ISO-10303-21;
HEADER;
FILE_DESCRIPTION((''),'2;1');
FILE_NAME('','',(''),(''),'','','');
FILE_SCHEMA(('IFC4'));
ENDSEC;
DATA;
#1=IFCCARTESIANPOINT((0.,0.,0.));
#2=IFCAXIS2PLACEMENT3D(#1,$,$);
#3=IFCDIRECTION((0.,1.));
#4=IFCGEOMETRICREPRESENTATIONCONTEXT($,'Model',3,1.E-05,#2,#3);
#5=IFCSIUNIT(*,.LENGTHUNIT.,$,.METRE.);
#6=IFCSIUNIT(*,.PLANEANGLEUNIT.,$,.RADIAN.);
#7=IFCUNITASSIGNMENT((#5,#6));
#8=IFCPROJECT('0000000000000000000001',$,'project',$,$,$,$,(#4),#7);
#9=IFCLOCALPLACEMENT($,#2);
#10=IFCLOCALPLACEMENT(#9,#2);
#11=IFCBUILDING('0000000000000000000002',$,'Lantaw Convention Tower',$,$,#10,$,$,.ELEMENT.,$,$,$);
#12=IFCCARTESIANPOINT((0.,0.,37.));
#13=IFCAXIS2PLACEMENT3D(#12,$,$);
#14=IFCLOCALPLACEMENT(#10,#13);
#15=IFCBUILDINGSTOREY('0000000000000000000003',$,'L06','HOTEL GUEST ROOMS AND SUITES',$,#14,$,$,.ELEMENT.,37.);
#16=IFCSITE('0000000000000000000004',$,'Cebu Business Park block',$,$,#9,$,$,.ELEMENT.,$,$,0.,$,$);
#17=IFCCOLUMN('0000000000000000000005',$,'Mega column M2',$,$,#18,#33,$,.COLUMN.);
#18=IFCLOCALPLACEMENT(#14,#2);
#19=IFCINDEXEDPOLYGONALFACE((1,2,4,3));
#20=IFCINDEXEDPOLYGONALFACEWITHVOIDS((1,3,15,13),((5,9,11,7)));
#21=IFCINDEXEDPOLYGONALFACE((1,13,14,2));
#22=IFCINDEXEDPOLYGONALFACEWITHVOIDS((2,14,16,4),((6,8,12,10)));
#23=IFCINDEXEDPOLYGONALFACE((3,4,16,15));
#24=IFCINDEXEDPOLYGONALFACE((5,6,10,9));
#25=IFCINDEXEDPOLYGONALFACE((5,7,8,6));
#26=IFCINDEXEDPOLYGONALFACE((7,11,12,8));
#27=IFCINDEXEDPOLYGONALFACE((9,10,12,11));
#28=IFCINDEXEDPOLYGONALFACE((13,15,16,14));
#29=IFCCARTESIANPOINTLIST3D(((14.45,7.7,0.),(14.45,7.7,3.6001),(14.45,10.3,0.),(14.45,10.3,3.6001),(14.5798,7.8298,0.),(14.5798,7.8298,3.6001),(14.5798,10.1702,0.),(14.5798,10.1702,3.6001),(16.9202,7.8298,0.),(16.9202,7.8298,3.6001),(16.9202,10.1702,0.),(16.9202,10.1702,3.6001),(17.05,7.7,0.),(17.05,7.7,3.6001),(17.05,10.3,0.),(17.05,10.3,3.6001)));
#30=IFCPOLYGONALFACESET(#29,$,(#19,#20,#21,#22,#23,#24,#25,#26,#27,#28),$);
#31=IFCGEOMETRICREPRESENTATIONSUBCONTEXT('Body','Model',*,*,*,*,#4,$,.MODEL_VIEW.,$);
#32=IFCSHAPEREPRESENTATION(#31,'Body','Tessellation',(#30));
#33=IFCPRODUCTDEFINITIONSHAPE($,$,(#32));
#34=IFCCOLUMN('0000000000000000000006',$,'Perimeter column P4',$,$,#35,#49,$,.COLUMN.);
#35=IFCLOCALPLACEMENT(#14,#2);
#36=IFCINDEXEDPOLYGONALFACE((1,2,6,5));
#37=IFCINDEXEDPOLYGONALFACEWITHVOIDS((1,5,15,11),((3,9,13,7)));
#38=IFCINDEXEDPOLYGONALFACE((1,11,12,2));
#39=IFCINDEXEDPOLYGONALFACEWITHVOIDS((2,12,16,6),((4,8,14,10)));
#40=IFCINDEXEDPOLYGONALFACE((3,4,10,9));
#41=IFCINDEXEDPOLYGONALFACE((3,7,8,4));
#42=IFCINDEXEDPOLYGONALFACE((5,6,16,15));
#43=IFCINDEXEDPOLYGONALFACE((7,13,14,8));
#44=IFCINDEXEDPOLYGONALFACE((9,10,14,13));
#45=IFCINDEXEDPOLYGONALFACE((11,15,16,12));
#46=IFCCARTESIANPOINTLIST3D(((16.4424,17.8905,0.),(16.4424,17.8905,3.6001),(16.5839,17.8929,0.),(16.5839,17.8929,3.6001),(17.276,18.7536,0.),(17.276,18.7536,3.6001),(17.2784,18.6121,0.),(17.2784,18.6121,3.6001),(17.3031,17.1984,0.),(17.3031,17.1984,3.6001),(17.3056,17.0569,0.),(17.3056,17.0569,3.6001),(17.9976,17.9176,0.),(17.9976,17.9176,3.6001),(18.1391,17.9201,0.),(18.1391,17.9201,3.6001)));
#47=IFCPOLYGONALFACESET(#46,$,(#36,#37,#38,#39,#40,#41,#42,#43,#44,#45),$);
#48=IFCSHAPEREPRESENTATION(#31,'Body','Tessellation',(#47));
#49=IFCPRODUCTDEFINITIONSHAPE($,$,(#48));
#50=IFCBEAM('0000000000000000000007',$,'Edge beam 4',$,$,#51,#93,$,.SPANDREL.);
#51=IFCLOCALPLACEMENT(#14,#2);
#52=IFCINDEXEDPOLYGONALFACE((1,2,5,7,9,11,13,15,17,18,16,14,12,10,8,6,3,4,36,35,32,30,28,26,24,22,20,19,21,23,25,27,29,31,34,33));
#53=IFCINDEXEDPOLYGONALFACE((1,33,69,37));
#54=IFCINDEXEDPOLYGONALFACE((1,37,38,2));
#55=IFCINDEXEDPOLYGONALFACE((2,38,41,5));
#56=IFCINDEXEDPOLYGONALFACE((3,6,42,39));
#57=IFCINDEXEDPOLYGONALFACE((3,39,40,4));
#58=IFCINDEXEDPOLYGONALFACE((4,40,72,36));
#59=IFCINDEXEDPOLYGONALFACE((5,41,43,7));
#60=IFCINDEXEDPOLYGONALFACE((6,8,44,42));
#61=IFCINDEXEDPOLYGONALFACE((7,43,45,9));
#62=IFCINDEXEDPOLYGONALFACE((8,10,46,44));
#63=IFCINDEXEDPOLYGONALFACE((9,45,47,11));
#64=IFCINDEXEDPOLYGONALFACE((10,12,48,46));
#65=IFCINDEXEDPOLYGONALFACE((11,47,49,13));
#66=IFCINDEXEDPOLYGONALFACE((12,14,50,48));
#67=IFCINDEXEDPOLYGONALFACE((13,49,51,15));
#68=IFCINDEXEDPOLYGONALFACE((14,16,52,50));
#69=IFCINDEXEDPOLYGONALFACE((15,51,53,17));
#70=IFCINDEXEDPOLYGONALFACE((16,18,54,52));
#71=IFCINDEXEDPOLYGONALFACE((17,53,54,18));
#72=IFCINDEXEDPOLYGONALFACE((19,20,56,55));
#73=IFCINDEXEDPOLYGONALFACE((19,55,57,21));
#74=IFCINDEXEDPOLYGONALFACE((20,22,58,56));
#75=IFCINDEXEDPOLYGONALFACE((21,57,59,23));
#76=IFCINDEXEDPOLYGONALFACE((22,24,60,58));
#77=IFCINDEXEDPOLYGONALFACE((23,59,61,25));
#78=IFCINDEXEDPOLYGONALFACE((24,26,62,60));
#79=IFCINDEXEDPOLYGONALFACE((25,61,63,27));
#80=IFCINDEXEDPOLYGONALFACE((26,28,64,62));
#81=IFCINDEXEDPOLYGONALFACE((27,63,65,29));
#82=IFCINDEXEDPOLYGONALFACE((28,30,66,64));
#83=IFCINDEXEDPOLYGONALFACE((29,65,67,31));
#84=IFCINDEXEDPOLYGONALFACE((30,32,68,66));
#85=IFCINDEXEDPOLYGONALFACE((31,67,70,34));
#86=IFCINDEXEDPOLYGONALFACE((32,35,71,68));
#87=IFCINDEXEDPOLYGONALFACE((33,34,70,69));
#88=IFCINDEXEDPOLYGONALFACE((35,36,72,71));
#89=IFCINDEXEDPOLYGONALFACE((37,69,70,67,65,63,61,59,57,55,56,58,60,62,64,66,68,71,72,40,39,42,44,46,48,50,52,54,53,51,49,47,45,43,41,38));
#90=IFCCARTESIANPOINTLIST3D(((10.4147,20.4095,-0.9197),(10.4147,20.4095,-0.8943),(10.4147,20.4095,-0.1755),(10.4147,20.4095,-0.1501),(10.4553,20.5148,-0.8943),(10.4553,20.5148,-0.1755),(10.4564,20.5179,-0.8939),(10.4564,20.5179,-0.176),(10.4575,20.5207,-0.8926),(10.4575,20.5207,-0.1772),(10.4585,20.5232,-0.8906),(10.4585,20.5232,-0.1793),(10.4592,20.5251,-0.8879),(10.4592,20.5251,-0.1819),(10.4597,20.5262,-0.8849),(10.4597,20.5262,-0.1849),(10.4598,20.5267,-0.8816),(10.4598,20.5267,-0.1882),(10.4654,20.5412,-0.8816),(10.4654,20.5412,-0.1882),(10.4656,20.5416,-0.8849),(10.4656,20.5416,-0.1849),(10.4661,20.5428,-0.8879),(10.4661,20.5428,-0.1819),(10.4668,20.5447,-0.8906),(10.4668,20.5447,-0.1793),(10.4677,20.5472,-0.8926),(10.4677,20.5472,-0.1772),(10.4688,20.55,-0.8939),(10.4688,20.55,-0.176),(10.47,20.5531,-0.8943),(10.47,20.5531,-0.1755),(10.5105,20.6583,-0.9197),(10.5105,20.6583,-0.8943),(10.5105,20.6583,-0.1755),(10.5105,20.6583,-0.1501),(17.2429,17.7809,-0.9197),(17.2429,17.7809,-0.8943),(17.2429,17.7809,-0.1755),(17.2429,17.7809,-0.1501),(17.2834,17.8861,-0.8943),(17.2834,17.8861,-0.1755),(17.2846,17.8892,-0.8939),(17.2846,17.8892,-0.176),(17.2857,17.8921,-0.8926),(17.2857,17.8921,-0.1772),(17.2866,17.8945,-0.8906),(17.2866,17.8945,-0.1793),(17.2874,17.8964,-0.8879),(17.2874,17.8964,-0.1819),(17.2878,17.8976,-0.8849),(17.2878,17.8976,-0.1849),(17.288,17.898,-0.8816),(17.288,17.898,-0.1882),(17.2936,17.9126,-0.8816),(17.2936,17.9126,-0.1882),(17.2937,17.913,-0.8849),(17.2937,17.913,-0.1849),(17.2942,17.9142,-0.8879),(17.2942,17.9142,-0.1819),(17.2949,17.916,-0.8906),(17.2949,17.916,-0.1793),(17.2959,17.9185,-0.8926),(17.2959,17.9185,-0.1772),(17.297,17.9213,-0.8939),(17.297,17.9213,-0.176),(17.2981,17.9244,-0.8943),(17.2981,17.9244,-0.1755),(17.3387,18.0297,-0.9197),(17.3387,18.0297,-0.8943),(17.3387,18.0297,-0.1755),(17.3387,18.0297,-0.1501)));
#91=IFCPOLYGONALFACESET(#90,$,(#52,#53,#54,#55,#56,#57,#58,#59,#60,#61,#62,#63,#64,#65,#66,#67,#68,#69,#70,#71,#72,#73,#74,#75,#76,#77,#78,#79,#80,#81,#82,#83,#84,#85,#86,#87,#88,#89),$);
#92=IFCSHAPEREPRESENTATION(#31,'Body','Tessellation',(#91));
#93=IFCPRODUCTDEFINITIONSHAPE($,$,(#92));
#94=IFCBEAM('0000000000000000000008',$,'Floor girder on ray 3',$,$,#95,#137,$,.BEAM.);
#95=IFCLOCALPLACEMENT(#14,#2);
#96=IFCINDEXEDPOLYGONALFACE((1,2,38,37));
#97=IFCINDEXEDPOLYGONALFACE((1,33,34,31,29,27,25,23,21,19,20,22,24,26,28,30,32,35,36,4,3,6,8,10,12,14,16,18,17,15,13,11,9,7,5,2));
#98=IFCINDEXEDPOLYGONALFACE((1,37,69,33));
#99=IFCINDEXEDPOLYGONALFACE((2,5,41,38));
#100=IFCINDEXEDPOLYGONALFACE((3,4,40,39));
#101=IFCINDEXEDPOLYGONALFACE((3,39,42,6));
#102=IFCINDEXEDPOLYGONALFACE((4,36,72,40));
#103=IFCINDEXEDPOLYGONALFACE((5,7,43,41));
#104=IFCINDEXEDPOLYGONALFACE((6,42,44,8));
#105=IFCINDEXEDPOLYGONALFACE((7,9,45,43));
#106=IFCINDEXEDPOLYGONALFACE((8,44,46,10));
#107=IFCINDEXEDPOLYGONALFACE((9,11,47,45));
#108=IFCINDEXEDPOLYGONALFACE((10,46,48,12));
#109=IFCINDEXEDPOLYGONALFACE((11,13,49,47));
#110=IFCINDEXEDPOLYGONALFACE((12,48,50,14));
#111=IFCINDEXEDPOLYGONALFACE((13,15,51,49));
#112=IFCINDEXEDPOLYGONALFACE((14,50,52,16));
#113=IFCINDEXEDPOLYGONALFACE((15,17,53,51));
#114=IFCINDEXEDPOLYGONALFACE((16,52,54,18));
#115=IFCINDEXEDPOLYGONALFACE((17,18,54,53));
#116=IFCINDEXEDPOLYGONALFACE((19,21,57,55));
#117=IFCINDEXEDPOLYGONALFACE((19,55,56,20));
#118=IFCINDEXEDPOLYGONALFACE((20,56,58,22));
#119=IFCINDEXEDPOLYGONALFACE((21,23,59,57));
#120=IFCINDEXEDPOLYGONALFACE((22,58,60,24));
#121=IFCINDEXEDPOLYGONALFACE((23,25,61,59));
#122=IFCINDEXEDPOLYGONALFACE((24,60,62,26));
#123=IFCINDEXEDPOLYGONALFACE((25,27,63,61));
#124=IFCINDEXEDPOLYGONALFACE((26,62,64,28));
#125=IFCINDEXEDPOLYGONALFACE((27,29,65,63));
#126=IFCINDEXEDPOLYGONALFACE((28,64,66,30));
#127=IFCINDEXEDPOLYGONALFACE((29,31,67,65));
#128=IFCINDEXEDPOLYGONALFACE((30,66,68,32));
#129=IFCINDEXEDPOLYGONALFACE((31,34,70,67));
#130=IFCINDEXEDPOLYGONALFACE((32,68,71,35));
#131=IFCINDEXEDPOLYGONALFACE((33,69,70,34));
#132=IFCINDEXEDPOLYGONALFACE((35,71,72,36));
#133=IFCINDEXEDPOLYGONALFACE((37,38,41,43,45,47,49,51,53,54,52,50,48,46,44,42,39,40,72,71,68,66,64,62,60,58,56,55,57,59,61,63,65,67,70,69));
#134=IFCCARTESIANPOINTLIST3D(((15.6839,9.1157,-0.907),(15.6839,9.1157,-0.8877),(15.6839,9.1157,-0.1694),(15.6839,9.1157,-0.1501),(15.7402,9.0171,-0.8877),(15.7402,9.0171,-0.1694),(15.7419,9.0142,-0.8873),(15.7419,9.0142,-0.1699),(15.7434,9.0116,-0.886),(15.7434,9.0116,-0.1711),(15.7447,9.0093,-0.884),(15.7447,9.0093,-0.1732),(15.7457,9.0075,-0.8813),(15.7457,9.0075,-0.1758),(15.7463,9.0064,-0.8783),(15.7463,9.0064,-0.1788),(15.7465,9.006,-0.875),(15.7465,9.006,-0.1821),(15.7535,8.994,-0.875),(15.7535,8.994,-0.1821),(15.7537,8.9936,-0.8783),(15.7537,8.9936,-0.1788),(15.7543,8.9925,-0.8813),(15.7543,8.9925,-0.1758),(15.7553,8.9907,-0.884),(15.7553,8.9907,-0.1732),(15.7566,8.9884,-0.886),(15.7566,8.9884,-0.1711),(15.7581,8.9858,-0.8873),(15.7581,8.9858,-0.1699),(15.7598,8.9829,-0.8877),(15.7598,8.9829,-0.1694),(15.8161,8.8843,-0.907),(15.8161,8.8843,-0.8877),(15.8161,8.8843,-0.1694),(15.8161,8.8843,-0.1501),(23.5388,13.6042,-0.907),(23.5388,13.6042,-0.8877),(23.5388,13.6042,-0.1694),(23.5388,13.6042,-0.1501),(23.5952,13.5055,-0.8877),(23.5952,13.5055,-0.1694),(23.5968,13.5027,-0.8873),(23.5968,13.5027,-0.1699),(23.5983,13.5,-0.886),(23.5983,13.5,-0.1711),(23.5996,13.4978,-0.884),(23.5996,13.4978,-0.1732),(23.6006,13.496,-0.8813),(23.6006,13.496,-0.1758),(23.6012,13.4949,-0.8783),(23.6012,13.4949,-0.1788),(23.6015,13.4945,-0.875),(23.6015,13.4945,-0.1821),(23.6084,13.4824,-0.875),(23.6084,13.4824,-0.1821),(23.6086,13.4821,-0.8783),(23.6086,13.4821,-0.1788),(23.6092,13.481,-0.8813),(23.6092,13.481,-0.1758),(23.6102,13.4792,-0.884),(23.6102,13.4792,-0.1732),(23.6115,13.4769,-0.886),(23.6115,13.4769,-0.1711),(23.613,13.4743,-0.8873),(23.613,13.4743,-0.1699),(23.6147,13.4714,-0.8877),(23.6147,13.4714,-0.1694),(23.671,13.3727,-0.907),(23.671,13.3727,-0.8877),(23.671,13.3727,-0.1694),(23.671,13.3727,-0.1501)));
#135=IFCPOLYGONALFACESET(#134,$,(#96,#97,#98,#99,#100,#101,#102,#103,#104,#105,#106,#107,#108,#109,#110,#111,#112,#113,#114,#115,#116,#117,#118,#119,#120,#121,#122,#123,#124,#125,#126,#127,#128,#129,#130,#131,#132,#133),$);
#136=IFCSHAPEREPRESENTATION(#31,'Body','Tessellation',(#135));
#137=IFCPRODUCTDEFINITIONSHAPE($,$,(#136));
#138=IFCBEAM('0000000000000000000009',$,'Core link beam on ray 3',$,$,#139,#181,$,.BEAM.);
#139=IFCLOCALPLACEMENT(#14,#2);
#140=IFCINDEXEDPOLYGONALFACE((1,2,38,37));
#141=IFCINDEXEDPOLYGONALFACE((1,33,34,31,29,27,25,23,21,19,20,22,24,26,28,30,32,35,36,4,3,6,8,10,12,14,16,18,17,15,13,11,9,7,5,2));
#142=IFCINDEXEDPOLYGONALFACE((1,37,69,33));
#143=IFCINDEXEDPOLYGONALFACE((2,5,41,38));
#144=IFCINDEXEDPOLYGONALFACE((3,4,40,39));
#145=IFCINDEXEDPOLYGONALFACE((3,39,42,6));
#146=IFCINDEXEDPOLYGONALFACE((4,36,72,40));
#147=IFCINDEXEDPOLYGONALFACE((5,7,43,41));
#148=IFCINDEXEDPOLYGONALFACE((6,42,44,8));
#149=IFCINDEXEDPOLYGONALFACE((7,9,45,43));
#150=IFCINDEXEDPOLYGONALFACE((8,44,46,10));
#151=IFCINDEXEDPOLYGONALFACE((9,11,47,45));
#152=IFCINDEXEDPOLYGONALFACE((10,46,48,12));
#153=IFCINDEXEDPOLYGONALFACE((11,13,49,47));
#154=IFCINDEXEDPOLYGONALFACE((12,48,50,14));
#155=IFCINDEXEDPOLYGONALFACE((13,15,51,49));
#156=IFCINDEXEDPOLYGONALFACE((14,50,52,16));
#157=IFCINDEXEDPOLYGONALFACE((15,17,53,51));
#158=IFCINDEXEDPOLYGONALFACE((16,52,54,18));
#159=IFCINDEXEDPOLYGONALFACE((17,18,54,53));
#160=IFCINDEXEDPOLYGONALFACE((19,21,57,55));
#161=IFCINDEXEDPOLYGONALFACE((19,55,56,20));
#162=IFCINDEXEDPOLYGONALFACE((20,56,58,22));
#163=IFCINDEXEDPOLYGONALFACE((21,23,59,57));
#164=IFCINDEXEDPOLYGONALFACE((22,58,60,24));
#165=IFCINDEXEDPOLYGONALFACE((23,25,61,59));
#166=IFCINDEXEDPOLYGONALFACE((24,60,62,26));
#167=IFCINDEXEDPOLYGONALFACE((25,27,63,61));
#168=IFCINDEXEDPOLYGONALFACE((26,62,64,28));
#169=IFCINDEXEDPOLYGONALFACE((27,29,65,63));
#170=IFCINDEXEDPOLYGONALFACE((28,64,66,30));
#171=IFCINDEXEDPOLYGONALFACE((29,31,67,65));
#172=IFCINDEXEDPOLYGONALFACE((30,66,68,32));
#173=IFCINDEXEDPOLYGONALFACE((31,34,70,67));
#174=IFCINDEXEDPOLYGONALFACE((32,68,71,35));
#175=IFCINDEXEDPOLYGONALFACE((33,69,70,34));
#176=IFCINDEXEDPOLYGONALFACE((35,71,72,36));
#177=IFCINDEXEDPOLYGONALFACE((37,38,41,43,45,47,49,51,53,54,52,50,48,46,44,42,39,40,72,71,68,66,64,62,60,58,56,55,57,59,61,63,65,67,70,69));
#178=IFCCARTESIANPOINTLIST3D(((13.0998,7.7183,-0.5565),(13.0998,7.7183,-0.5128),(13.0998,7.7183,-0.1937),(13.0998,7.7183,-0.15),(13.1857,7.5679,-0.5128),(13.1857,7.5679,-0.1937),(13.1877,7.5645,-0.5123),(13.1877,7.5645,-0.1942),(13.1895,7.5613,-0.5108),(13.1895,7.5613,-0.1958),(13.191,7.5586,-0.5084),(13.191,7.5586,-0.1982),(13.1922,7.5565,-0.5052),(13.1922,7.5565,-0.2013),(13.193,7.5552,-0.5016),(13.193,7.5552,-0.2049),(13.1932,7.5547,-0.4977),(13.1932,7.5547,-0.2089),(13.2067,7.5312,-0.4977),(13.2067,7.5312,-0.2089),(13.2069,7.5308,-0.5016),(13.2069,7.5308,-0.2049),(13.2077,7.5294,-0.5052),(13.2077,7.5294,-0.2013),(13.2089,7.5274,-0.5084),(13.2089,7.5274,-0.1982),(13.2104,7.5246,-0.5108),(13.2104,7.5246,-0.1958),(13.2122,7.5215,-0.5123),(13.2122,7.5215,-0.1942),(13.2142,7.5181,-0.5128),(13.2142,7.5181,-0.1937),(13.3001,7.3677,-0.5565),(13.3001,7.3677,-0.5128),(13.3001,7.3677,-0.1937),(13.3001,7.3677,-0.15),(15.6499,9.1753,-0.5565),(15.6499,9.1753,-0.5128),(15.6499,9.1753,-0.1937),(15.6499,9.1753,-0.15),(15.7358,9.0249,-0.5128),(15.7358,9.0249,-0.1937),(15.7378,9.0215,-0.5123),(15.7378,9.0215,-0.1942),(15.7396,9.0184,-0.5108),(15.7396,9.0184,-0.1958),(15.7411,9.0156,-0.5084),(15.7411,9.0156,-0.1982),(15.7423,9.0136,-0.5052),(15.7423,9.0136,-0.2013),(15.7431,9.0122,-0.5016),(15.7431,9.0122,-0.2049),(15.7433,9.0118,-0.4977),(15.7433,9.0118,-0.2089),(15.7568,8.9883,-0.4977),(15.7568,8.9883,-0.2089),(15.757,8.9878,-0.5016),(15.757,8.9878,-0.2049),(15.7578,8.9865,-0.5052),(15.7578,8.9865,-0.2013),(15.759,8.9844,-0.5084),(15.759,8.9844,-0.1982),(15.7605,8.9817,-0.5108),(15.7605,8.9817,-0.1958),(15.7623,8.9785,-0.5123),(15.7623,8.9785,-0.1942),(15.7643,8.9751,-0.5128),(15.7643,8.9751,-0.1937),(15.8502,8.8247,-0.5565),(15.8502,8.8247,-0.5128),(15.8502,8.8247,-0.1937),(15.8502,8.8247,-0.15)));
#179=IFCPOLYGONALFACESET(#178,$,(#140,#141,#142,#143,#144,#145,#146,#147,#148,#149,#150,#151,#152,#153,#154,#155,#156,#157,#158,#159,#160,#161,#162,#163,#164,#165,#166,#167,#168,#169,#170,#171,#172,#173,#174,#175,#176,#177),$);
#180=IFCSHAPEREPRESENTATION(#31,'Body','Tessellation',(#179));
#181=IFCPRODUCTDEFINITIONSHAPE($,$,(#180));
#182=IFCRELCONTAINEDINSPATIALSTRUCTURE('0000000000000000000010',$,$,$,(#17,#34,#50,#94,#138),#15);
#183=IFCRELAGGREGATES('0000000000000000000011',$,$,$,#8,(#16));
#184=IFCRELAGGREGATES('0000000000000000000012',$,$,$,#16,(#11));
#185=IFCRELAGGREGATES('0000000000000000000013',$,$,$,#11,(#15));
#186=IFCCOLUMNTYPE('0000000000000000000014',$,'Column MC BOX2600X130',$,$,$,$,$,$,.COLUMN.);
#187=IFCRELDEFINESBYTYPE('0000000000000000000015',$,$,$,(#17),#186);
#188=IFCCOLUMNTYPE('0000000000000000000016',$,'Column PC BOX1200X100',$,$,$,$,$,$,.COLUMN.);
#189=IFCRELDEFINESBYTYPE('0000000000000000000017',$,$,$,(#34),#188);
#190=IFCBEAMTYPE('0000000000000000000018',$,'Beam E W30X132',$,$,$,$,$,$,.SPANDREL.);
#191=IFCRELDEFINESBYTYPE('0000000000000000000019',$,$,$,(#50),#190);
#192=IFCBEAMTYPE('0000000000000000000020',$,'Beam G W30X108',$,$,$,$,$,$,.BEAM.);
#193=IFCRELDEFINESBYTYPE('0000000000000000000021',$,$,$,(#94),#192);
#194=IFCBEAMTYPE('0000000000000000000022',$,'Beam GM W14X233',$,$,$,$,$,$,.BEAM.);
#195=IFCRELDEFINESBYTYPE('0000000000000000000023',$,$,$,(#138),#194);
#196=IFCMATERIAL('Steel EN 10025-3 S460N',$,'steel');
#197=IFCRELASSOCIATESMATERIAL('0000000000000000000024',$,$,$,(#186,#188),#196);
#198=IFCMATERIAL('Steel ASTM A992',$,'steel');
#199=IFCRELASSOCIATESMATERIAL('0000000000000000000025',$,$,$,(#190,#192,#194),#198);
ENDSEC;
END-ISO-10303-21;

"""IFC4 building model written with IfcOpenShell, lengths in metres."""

from ifc_helpers import new_model, si_unit, direction, frame, origin, origin_2d, place, context, subcontext, project, spatial, rectangle, hollow_rectangle, i_section, extrude, material, material_profile, profile_set, type_object, element, save


model = new_model("IFC4")

# Units and contexts
model_context = context("Model", 3, precision=1e-05, world=origin(), true_north=direction((0.0, 1.0)))
body_context = subcontext(model_context, "Body", "Model", "MODEL_VIEW")
ifc_project = project(units=[si_unit("LENGTHUNIT", "METRE"), si_unit("PLANEANGLEUNIT", "RADIAN")], contexts=[model_context])

# Site, building, storey
site_placement = place(None, origin())
site = spatial("IfcSite", under=ifc_project, at=site_placement, Name="Cebu Business Park block", CompositionType="ELEMENT", RefElevation=0.0)
building_placement = place(site_placement, origin())
building = spatial("IfcBuilding", under=site, at=building_placement, Name="Lantaw Convention Tower", CompositionType="ELEMENT")
storey_placement = place(building_placement, frame((0.0, 0.0, 37.0)))
storey = spatial("IfcBuildingStorey", under=building, at=storey_placement, Name="L06", Description="HOTEL GUEST ROOMS AND SUITES", CompositionType="ELEMENT", Elevation=37.0)

# Columns
ifc_material_1 = material(Name="Steel EN 10025-3 S460N", Category="steel")
ifc_material_profile_1 = material_profile(ifc_material_1, hollow_rectangle(XDim=2.6001, YDim=2.6001, WallThickness=0.1299, at=origin_2d()), Name="BOX2600X130")
ifc_material_2 = material(Name="Concrete C60/75", Category="concrete")
ifc_material_profile_2 = material_profile(ifc_material_2, rectangle(XDim=2.3401, YDim=2.3401, at=origin_2d()), Name="Concrete fill of BOX2600X130")
ifc_profile_set_1 = profile_set([ifc_material_profile_1, ifc_material_profile_2], Name="Steel EN 10025-3 S460N")
column_type_1 = type_object("IfcColumnType", Name="Column MC BOX2600X130", PredefinedType="COLUMN", material=ifc_profile_set_1)
column_1_placement = place(storey_placement, frame((15.75, 9.0, 0.0), z_axis=(0.0, 0.0, 1.0), x_axis=(1.0, 0.0, 0.0)))
element("IfcColumn", 1, at=column_1_placement, inside=storey, type_object=column_type_1, Name="Mega column M2", PredefinedType="COLUMN", context=body_context, shape_type="SweptSolid", body=[
    extrude(hollow_rectangle(XDim=2.6001, YDim=2.6001, WallThickness=0.1299, at=origin_2d()), origin(), (0.0, 0.0, 1.0), 3.6001),
])
ifc_material_profile_3 = material_profile(ifc_material_1, hollow_rectangle(XDim=1.2, YDim=1.2, WallThickness=0.1001, at=origin_2d()), Name="BOX1200X100")
ifc_material_profile_4 = material_profile(ifc_material_2, rectangle(XDim=1.0, YDim=1.0, at=origin_2d()), Name="Concrete fill of BOX1200X100")
ifc_profile_set_2 = profile_set([ifc_material_profile_3, ifc_material_profile_4], Name="Steel EN 10025-3 S460N")
column_type_2 = type_object("IfcColumnType", Name="Column PC BOX1200X100", PredefinedType="COLUMN", material=ifc_profile_set_2)
column_2_placement = place(storey_placement, frame((17.2908, 17.9053, 0.0), z_axis=(0.0, 0.0, 1.0), x_axis=(0.694658, 0.71934, 0.0)))
element("IfcColumn", 2, at=column_2_placement, inside=storey, type_object=column_type_2, Name="Perimeter column P4", PredefinedType="COLUMN", context=body_context, shape_type="SweptSolid", body=[
    extrude(hollow_rectangle(XDim=1.2, YDim=1.2, WallThickness=0.1001, at=origin_2d()), origin(), (0.0, 0.0, 1.0), 3.6001),
])

# Beams
ifc_material_3 = material(Name="Steel ASTM A992", Category="steel")
ifc_material_profile_5 = material_profile(ifc_material_3, i_section(OverallWidth=0.2666, OverallDepth=0.7695, WebThickness=0.0156, FlangeThickness=0.0254, FilletRadius=0.0127, at=origin_2d()), Name="W30X132")
ifc_profile_set_3 = profile_set([ifc_material_profile_5], Name="Steel ASTM A992")
beam_type_1 = type_object("IfcBeamType", Name="Beam E W30X132", PredefinedType="SPANDREL", material=ifc_profile_set_3)
beam_1_placement = place(storey_placement, frame((17.2908, 17.9053, -0.5349), z_axis=(-0.933233, 0.359272, 0.0), x_axis=(-0.359272, -0.933233, 0.0)))
element("IfcBeam", 3, at=beam_1_placement, inside=storey, type_object=beam_type_1, Name="Edge beam 4", PredefinedType="SPANDREL", context=body_context, shape_type="SweptSolid", body=[
    extrude(i_section(OverallWidth=0.2666, OverallDepth=0.7695, WebThickness=0.0156, FlangeThickness=0.0254, FilletRadius=0.0127, at=origin_2d()), origin(), (0.0, 0.0, 1.0), 7.3167),
])
ifc_material_profile_6 = material_profile(ifc_material_3, i_section(OverallWidth=0.2666, OverallDepth=0.7568, WebThickness=0.0139, FlangeThickness=0.0193, FilletRadius=0.0127, at=origin_2d()), Name="W30X108")
ifc_profile_set_4 = profile_set([ifc_material_profile_6], Name="Steel ASTM A992")
beam_type_2 = type_object("IfcBeamType", Name="Beam G W30X108", PredefinedType="BEAM", material=ifc_profile_set_4)
beam_2_placement = place(storey_placement, frame((15.75, 9.0, -0.5286), z_axis=(0.868245, 0.496136, 0.0), x_axis=(-0.496136, 0.868245, 0.0)))
element("IfcBeam", 4, at=beam_2_placement, inside=storey, type_object=beam_type_2, Name="Floor girder on ray 3", PredefinedType="BEAM", context=body_context, shape_type="SweptSolid", body=[
    extrude(i_section(OverallWidth=0.2666, OverallDepth=0.7568, WebThickness=0.0139, FlangeThickness=0.0193, FilletRadius=0.0127, at=origin_2d()), origin(), (0.0, 0.0, 1.0), 9.0469),
])
ifc_material_profile_7 = material_profile(ifc_material_3, i_section(OverallWidth=0.4038, OverallDepth=0.4065, WebThickness=0.0271, FlangeThickness=0.0437, FilletRadius=0.0151, at=origin_2d()), Name="W14X233")
ifc_profile_set_5 = profile_set([ifc_material_profile_7], Name="Steel ASTM A992")
beam_type_3 = type_object("IfcBeamType", Name="Beam GM W14X233", PredefinedType="BEAM", material=ifc_profile_set_5)
beam_3_placement = place(storey_placement, frame((13.2, 7.543, -0.3533), z_axis=(0.868264, 0.496103, 0.0), x_axis=(-0.496103, 0.868264, 0.0)))
element("IfcBeam", 5, at=beam_3_placement, inside=storey, type_object=beam_type_3, Name="Core link beam on ray 3", PredefinedType="BEAM", context=body_context, shape_type="SweptSolid", body=[
    extrude(i_section(OverallWidth=0.4038, OverallDepth=0.4065, WebThickness=0.0271, FlangeThickness=0.0437, FilletRadius=0.0151, at=origin_2d()), origin(), (0.0, 0.0, 1.0), 2.937),
])

save(model, "model.ifc")
